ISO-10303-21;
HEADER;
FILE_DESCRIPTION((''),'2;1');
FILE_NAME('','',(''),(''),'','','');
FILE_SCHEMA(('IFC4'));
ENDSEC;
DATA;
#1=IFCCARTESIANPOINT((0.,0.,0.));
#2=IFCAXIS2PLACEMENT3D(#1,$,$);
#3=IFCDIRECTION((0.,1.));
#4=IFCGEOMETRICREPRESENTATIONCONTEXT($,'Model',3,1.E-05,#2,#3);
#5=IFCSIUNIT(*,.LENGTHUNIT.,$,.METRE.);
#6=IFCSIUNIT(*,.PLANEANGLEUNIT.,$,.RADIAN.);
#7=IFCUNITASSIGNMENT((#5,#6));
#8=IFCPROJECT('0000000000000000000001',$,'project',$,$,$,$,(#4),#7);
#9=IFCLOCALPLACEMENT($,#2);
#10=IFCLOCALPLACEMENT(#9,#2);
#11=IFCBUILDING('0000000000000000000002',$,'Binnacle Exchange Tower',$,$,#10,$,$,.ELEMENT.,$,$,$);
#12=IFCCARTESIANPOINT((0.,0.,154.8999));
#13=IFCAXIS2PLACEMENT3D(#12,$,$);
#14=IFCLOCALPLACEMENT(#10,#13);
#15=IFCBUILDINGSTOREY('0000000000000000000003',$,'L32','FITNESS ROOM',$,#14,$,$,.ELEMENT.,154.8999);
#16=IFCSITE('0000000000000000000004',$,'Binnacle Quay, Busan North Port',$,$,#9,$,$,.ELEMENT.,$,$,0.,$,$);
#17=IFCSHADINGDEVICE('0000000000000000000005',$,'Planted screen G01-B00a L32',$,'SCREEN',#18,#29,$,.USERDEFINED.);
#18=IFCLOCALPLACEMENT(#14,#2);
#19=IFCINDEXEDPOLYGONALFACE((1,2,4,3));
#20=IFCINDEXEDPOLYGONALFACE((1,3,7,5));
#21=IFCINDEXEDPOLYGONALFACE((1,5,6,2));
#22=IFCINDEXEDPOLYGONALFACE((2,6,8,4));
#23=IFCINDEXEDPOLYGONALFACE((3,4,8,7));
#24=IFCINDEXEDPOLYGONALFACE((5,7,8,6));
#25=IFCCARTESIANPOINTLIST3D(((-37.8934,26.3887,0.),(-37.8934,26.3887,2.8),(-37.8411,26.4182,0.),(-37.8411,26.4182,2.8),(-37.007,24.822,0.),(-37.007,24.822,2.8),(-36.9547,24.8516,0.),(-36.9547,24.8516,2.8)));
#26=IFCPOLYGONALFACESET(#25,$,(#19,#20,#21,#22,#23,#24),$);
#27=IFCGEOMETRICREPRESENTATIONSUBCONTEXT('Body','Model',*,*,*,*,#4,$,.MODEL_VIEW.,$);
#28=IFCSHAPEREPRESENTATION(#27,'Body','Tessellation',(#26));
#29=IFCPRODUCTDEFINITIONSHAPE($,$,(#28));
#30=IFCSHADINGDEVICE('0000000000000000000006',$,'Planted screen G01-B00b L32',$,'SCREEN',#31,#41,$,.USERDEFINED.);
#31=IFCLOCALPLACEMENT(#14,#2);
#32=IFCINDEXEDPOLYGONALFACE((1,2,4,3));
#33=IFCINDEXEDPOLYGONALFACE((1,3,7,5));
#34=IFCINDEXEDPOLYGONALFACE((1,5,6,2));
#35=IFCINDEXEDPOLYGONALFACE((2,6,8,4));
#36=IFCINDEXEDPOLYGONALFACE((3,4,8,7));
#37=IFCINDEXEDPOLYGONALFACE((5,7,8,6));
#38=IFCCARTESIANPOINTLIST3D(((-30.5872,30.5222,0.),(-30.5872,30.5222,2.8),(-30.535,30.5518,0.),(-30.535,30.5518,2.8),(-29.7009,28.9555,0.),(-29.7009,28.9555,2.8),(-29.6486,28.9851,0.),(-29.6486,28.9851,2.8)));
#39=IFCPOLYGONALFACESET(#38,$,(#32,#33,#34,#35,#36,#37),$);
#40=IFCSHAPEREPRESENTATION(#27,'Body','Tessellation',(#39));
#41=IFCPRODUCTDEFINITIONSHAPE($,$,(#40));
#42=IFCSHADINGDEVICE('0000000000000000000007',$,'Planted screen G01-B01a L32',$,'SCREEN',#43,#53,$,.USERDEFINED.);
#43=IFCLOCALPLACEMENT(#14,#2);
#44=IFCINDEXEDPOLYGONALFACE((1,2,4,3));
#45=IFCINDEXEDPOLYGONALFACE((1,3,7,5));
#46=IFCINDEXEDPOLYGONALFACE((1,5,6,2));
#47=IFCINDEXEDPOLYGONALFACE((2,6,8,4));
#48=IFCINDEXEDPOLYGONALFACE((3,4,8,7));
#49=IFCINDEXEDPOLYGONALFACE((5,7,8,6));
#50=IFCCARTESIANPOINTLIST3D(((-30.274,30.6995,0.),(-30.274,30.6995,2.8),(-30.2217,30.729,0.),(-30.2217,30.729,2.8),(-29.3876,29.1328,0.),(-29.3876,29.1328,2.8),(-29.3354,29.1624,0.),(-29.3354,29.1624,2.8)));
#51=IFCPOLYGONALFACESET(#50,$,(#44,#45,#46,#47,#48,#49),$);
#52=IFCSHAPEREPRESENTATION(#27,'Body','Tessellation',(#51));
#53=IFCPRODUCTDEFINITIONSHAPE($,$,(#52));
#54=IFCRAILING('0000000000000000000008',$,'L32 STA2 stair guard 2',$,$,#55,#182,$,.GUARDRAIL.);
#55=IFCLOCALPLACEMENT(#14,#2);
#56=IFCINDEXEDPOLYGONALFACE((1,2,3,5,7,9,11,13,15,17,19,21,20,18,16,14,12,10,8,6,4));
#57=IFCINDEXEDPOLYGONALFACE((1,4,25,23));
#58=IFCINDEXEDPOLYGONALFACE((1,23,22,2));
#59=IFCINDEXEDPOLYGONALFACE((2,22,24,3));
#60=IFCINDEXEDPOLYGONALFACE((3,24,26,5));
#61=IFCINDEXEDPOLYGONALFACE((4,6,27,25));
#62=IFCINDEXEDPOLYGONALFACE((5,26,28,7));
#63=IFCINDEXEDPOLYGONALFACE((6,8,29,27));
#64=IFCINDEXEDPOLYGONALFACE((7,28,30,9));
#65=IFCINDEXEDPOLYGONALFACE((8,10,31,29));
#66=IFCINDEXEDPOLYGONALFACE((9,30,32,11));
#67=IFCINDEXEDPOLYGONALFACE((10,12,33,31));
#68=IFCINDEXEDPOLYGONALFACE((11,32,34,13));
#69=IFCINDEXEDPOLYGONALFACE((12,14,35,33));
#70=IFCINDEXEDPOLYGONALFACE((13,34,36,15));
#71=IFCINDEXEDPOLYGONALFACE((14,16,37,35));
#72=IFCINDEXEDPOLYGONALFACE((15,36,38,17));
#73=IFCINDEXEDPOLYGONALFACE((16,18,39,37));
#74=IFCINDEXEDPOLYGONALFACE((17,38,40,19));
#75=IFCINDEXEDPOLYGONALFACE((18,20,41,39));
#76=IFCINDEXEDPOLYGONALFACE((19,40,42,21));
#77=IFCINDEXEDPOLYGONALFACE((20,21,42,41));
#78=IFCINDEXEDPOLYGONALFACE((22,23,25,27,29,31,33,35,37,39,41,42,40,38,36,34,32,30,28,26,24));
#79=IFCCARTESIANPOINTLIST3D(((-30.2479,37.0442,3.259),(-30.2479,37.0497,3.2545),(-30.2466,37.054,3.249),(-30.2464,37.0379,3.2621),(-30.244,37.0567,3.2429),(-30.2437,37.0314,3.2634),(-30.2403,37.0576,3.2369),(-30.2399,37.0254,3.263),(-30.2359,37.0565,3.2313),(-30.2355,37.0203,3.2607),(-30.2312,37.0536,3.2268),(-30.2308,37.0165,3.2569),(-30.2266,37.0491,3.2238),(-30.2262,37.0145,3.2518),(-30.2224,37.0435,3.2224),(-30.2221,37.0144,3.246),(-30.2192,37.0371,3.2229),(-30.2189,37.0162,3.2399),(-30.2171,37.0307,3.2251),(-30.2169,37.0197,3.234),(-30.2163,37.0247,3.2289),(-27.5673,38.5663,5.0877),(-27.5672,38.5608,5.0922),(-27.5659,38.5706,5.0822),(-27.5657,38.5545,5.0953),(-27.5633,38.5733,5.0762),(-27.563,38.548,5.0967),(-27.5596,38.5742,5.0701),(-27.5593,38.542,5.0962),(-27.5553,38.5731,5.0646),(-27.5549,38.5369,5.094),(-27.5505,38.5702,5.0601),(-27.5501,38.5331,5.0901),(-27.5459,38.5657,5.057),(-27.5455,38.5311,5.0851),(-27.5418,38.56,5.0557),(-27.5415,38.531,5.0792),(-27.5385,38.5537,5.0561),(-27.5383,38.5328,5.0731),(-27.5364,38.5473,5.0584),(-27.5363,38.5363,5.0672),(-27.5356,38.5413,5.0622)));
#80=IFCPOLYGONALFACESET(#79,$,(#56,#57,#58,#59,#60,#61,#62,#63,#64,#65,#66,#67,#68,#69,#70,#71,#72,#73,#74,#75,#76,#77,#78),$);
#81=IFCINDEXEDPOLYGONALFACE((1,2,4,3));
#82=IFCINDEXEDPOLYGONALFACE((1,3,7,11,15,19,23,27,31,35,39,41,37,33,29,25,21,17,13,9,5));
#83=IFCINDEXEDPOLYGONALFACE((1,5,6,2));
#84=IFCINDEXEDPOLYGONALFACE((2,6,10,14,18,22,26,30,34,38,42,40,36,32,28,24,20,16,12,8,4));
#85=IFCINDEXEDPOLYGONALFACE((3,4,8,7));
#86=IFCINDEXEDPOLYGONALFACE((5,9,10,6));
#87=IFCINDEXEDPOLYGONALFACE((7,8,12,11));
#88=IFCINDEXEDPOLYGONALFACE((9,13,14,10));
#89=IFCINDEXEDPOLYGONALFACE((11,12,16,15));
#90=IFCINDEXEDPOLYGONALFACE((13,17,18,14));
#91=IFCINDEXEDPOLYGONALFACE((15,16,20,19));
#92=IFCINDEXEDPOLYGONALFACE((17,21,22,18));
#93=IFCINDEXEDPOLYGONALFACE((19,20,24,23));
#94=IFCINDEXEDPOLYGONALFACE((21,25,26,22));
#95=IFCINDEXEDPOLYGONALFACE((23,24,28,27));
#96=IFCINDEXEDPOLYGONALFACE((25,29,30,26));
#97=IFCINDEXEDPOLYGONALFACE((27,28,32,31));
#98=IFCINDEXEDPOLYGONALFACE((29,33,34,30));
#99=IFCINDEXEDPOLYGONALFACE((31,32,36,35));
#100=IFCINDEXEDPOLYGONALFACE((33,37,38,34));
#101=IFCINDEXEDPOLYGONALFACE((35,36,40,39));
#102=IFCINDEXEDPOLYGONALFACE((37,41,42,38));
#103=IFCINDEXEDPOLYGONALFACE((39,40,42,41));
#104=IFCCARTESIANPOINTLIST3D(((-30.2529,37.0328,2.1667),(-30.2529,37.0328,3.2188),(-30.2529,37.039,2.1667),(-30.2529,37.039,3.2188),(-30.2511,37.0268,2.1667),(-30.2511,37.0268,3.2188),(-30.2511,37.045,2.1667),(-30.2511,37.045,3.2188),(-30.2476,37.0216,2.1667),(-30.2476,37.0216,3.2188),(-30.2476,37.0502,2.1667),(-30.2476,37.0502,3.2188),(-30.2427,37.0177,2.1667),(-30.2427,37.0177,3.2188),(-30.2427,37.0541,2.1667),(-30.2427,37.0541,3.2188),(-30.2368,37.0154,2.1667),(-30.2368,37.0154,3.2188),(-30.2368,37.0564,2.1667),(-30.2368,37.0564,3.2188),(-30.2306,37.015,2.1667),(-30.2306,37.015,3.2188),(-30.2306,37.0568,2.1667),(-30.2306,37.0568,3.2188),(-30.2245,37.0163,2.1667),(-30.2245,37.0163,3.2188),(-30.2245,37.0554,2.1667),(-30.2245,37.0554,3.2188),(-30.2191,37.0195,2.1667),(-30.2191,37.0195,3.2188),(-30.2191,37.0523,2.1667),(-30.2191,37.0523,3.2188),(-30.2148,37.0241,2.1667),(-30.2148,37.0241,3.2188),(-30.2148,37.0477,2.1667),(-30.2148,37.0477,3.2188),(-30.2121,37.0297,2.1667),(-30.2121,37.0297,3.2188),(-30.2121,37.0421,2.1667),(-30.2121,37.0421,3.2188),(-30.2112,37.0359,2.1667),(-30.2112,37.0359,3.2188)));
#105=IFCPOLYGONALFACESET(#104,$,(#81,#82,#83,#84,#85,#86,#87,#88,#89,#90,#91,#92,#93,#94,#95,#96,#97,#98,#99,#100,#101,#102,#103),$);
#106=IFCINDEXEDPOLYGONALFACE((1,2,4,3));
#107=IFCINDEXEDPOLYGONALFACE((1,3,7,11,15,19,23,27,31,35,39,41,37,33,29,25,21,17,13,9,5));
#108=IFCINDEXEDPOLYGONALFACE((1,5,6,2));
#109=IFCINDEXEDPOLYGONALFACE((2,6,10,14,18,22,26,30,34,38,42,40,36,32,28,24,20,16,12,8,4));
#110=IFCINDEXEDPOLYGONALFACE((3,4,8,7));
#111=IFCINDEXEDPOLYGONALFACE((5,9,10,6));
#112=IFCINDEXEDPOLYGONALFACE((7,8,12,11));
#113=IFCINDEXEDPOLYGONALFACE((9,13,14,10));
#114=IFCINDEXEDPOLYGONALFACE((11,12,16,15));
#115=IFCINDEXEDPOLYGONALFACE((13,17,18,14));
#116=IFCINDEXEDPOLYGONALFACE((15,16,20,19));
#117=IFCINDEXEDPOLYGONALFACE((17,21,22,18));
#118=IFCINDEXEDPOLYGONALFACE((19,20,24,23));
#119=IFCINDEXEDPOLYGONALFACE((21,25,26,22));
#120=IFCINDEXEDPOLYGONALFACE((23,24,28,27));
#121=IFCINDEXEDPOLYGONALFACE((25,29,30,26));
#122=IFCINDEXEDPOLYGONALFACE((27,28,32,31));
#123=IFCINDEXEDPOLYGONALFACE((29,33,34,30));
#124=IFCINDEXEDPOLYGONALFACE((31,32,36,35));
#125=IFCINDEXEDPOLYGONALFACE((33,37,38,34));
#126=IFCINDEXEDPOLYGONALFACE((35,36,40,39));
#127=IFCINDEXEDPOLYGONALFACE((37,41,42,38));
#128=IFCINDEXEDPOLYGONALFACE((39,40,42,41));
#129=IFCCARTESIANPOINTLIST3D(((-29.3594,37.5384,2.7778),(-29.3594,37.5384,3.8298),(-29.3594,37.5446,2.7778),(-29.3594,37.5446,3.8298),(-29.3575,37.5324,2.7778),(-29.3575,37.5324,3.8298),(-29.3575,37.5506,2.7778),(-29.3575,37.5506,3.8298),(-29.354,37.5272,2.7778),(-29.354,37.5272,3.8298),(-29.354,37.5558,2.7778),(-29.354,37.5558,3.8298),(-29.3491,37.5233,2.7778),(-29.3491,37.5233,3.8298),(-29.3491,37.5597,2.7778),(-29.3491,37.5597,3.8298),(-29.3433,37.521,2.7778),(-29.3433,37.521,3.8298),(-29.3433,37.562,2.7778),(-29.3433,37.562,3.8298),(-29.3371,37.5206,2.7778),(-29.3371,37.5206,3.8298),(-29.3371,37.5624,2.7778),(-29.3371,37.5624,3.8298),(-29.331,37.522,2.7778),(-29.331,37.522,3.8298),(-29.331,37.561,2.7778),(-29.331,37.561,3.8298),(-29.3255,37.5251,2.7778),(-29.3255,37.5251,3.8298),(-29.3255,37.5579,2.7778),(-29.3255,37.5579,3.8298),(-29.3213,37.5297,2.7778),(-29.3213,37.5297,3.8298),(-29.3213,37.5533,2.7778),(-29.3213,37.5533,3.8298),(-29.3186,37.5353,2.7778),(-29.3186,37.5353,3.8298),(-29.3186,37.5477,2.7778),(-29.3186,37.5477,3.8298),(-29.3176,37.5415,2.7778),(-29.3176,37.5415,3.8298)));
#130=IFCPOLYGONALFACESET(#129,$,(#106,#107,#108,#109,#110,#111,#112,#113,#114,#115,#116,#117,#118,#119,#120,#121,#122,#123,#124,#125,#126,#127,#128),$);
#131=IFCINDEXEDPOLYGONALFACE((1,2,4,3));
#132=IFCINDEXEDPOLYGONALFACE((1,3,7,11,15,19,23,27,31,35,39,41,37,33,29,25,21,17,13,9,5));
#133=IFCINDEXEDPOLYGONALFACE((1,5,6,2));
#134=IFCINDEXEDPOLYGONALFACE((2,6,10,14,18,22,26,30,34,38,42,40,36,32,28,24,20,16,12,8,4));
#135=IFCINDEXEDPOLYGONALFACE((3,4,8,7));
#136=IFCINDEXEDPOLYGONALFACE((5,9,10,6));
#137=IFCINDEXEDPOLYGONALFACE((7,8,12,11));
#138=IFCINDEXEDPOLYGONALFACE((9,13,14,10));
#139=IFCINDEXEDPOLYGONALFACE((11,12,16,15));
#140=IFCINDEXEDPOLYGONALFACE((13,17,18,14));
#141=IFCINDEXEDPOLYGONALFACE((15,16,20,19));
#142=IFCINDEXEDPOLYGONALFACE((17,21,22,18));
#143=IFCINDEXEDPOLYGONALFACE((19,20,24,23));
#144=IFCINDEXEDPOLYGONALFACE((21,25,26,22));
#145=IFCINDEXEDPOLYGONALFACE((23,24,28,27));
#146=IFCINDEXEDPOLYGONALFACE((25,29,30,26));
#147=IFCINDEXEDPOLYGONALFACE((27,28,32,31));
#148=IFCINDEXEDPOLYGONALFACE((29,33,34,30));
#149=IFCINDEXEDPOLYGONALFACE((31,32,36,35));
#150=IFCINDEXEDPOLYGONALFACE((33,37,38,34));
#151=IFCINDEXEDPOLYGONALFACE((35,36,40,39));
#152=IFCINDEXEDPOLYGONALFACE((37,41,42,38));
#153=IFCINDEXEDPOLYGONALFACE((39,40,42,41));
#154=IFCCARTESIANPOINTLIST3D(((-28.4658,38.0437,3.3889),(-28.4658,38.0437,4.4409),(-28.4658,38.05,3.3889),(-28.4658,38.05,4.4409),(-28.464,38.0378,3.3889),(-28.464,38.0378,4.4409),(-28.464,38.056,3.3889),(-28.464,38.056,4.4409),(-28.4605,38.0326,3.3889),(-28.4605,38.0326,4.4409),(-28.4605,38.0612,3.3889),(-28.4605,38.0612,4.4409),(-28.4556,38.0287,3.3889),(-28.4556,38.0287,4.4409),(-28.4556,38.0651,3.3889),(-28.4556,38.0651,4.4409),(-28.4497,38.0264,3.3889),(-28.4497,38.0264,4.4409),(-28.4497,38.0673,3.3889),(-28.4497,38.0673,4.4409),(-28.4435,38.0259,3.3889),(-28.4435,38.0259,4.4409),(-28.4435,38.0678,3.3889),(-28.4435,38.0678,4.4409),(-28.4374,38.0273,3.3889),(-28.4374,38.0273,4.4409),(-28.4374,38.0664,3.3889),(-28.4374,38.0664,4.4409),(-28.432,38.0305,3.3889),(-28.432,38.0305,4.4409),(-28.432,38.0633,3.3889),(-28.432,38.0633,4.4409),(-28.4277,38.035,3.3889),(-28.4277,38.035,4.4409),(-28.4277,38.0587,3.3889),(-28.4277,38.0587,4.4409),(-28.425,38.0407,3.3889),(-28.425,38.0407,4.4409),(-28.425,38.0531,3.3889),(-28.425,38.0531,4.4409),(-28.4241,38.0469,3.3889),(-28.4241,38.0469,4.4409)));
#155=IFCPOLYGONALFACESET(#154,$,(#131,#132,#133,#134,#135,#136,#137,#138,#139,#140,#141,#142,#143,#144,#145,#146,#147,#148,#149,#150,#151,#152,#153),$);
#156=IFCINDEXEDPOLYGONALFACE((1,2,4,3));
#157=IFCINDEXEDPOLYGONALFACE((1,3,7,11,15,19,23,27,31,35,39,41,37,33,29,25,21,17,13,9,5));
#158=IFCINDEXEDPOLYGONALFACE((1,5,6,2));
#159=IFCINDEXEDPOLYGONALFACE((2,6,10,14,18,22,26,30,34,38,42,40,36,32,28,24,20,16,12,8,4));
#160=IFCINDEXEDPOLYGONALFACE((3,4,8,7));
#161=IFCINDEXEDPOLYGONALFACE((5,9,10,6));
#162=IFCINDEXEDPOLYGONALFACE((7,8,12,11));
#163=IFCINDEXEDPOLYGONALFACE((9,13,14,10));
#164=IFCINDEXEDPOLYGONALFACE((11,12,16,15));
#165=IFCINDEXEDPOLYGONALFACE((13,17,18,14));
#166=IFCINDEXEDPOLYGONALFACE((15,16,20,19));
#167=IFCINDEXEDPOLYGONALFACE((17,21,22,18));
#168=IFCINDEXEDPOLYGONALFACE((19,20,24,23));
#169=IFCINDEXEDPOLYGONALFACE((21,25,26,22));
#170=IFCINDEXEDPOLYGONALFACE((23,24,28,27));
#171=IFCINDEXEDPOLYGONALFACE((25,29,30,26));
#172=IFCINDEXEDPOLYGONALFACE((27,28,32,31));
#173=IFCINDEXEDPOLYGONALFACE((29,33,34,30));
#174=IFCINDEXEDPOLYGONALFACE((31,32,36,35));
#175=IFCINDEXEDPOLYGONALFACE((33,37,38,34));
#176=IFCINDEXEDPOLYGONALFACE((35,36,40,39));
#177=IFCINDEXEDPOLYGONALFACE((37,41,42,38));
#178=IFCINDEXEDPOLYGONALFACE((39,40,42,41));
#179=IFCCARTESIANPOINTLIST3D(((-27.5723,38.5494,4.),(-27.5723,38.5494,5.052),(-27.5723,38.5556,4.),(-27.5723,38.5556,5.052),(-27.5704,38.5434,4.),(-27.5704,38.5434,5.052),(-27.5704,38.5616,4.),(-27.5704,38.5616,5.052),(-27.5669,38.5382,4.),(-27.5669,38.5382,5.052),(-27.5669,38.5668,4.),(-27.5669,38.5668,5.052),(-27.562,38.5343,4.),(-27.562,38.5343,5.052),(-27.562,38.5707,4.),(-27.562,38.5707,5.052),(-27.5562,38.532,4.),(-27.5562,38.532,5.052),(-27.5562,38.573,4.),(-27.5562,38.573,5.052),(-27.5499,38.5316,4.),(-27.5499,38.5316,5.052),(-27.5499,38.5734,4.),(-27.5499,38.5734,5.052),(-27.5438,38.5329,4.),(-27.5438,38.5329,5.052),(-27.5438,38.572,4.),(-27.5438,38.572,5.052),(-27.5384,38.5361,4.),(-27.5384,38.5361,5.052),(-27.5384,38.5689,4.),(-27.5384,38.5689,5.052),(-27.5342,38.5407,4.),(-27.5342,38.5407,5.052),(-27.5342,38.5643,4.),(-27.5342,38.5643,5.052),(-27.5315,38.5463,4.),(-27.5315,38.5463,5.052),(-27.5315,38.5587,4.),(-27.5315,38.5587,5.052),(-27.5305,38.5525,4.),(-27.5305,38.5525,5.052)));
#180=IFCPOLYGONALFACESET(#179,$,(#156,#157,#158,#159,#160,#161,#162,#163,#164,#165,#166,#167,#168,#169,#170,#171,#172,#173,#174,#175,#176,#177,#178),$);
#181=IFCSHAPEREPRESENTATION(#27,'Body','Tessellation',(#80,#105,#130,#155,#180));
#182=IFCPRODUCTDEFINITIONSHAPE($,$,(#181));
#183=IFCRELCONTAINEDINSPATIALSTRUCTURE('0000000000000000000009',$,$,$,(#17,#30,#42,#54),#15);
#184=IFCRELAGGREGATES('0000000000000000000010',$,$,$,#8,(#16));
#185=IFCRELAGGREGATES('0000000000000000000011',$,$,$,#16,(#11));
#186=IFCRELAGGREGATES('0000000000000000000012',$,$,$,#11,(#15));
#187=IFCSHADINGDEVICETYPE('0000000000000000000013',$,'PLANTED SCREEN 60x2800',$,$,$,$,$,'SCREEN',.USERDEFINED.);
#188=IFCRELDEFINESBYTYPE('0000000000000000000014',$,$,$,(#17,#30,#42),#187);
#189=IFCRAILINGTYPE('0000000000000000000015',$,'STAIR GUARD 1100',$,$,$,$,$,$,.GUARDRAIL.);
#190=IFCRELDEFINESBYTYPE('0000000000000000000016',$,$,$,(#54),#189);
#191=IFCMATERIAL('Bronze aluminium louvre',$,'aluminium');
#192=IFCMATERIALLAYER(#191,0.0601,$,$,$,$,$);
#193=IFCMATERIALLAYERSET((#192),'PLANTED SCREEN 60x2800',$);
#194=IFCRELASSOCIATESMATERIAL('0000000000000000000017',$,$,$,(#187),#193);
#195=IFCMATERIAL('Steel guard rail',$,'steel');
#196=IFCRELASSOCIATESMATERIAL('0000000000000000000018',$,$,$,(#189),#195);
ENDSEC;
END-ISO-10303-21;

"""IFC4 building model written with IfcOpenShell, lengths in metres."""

from ifc_helpers import new_model, si_unit, direction, frame, origin, origin_2d, place, context, subcontext, project, spatial, rectangle, circle, extrude, material, layer, layer_set, type_object, element, save


model = new_model("IFC4")

# Units and contexts
model_context = context("Model", 3, precision=1e-05, world=origin(), true_north=direction((0.0, 1.0)))
body_context = subcontext(model_context, "Body", "Model", "MODEL_VIEW")
ifc_project = project(units=[si_unit("LENGTHUNIT", "METRE"), si_unit("PLANEANGLEUNIT", "RADIAN")], contexts=[model_context])

# Site, building, storey
site_placement = place(None, origin())
site = spatial("IfcSite", under=ifc_project, at=site_placement, Name="Binnacle Quay, Busan North Port", CompositionType="ELEMENT", RefElevation=0.0)
building_placement = place(site_placement, origin())
building = spatial("IfcBuilding", under=site, at=building_placement, Name="Binnacle Exchange Tower", CompositionType="ELEMENT")
storey_placement = place(building_placement, frame((0.0, 0.0, 154.8999)))
storey = spatial("IfcBuildingStorey", under=building, at=storey_placement, Name="L32", Description="FITNESS ROOM", CompositionType="ELEMENT", Elevation=154.8999)

# Shading devices
ifc_material_1 = material(Name="Bronze aluminium louvre", Category="aluminium")
ifc_layer_1 = layer(ifc_material_1, 0.0601)
ifc_layer_set_1 = layer_set([ifc_layer_1], Name="PLANTED SCREEN 60x2800")
shading_device_type = type_object("IfcShadingDeviceType", Name="PLANTED SCREEN 60x2800", ElementType="SCREEN", PredefinedType="USERDEFINED", material=ifc_layer_set_1)
for number, where, z_axis, x_axis, name in (
    (1, (-37.4241, 25.6201, 0.0), (0.0, 0.0, 1.0), (0.870356, 0.492424, 0.0), "Planted screen G01-B00a L32"),
    (2, (-30.1179, 29.7537, 0.0), (0.0, 0.0, 1.0), (0.870356, 0.492424, 0.0), "Planted screen G01-B00b L32"),
    (3, (-29.8047, 29.9309, 0.0), (0.0, 0.0, 1.0), (0.870356, 0.492424, 0.0), "Planted screen G01-B01a L32"),
):
    element("IfcShadingDevice", number, at=place(storey_placement, frame(where, z_axis=z_axis, x_axis=x_axis)), inside=storey, type_object=shading_device_type, Name=name, ObjectType="SCREEN", PredefinedType="USERDEFINED", context=body_context, shape_type="SweptSolid", body=[
        extrude(rectangle(XDim=0.0601, YDim=1.8, at=origin_2d()), origin(), (0.0, 0.0, 1.0), 2.8),
    ])

# Railing
ifc_material_2 = material(Name="Steel guard rail", Category="steel")
railing_type_1 = type_object("IfcRailingType", Name="STAIR GUARD 1100", PredefinedType="GUARDRAIL", material=ifc_material_2)
railing_1_placement = place(storey_placement, frame((-30.2322, 37.0359, 2.1667)))
element("IfcRailing", 4, at=railing_1_placement, inside=storey, type_object=railing_type_1, Name="L32 STA2 stair guard 2", PredefinedType="GUARDRAIL", context=body_context, shape_type="SweptSolid", body=[
    extrude(circle(Radius=0.0239, at=origin_2d()), frame((0.0, 0.0, 1.0762), z_axis=(0.747901, 0.423129, 0.511474), x_axis=(-0.492412, 0.870362, 0.0)), (0.0, 0.0, 1.0), 3.5842),
    extrude(circle(Radius=0.021, at=origin_2d()), origin(), (0.0, 0.0, 1.0), 1.052),
    extrude(circle(Radius=0.021, at=origin_2d()), frame((0.8936, 0.5056, 0.6111)), (0.0, 0.0, 1.0), 1.052),
    extrude(circle(Radius=0.021, at=origin_2d()), frame((1.7871, 1.011, 1.2222)), (0.0, 0.0, 1.0), 1.052),
    extrude(circle(Radius=0.021, at=origin_2d()), frame((2.6807, 1.5166, 1.8333)), (0.0, 0.0, 1.0), 1.052),
])

save(model, "model.ifc")
